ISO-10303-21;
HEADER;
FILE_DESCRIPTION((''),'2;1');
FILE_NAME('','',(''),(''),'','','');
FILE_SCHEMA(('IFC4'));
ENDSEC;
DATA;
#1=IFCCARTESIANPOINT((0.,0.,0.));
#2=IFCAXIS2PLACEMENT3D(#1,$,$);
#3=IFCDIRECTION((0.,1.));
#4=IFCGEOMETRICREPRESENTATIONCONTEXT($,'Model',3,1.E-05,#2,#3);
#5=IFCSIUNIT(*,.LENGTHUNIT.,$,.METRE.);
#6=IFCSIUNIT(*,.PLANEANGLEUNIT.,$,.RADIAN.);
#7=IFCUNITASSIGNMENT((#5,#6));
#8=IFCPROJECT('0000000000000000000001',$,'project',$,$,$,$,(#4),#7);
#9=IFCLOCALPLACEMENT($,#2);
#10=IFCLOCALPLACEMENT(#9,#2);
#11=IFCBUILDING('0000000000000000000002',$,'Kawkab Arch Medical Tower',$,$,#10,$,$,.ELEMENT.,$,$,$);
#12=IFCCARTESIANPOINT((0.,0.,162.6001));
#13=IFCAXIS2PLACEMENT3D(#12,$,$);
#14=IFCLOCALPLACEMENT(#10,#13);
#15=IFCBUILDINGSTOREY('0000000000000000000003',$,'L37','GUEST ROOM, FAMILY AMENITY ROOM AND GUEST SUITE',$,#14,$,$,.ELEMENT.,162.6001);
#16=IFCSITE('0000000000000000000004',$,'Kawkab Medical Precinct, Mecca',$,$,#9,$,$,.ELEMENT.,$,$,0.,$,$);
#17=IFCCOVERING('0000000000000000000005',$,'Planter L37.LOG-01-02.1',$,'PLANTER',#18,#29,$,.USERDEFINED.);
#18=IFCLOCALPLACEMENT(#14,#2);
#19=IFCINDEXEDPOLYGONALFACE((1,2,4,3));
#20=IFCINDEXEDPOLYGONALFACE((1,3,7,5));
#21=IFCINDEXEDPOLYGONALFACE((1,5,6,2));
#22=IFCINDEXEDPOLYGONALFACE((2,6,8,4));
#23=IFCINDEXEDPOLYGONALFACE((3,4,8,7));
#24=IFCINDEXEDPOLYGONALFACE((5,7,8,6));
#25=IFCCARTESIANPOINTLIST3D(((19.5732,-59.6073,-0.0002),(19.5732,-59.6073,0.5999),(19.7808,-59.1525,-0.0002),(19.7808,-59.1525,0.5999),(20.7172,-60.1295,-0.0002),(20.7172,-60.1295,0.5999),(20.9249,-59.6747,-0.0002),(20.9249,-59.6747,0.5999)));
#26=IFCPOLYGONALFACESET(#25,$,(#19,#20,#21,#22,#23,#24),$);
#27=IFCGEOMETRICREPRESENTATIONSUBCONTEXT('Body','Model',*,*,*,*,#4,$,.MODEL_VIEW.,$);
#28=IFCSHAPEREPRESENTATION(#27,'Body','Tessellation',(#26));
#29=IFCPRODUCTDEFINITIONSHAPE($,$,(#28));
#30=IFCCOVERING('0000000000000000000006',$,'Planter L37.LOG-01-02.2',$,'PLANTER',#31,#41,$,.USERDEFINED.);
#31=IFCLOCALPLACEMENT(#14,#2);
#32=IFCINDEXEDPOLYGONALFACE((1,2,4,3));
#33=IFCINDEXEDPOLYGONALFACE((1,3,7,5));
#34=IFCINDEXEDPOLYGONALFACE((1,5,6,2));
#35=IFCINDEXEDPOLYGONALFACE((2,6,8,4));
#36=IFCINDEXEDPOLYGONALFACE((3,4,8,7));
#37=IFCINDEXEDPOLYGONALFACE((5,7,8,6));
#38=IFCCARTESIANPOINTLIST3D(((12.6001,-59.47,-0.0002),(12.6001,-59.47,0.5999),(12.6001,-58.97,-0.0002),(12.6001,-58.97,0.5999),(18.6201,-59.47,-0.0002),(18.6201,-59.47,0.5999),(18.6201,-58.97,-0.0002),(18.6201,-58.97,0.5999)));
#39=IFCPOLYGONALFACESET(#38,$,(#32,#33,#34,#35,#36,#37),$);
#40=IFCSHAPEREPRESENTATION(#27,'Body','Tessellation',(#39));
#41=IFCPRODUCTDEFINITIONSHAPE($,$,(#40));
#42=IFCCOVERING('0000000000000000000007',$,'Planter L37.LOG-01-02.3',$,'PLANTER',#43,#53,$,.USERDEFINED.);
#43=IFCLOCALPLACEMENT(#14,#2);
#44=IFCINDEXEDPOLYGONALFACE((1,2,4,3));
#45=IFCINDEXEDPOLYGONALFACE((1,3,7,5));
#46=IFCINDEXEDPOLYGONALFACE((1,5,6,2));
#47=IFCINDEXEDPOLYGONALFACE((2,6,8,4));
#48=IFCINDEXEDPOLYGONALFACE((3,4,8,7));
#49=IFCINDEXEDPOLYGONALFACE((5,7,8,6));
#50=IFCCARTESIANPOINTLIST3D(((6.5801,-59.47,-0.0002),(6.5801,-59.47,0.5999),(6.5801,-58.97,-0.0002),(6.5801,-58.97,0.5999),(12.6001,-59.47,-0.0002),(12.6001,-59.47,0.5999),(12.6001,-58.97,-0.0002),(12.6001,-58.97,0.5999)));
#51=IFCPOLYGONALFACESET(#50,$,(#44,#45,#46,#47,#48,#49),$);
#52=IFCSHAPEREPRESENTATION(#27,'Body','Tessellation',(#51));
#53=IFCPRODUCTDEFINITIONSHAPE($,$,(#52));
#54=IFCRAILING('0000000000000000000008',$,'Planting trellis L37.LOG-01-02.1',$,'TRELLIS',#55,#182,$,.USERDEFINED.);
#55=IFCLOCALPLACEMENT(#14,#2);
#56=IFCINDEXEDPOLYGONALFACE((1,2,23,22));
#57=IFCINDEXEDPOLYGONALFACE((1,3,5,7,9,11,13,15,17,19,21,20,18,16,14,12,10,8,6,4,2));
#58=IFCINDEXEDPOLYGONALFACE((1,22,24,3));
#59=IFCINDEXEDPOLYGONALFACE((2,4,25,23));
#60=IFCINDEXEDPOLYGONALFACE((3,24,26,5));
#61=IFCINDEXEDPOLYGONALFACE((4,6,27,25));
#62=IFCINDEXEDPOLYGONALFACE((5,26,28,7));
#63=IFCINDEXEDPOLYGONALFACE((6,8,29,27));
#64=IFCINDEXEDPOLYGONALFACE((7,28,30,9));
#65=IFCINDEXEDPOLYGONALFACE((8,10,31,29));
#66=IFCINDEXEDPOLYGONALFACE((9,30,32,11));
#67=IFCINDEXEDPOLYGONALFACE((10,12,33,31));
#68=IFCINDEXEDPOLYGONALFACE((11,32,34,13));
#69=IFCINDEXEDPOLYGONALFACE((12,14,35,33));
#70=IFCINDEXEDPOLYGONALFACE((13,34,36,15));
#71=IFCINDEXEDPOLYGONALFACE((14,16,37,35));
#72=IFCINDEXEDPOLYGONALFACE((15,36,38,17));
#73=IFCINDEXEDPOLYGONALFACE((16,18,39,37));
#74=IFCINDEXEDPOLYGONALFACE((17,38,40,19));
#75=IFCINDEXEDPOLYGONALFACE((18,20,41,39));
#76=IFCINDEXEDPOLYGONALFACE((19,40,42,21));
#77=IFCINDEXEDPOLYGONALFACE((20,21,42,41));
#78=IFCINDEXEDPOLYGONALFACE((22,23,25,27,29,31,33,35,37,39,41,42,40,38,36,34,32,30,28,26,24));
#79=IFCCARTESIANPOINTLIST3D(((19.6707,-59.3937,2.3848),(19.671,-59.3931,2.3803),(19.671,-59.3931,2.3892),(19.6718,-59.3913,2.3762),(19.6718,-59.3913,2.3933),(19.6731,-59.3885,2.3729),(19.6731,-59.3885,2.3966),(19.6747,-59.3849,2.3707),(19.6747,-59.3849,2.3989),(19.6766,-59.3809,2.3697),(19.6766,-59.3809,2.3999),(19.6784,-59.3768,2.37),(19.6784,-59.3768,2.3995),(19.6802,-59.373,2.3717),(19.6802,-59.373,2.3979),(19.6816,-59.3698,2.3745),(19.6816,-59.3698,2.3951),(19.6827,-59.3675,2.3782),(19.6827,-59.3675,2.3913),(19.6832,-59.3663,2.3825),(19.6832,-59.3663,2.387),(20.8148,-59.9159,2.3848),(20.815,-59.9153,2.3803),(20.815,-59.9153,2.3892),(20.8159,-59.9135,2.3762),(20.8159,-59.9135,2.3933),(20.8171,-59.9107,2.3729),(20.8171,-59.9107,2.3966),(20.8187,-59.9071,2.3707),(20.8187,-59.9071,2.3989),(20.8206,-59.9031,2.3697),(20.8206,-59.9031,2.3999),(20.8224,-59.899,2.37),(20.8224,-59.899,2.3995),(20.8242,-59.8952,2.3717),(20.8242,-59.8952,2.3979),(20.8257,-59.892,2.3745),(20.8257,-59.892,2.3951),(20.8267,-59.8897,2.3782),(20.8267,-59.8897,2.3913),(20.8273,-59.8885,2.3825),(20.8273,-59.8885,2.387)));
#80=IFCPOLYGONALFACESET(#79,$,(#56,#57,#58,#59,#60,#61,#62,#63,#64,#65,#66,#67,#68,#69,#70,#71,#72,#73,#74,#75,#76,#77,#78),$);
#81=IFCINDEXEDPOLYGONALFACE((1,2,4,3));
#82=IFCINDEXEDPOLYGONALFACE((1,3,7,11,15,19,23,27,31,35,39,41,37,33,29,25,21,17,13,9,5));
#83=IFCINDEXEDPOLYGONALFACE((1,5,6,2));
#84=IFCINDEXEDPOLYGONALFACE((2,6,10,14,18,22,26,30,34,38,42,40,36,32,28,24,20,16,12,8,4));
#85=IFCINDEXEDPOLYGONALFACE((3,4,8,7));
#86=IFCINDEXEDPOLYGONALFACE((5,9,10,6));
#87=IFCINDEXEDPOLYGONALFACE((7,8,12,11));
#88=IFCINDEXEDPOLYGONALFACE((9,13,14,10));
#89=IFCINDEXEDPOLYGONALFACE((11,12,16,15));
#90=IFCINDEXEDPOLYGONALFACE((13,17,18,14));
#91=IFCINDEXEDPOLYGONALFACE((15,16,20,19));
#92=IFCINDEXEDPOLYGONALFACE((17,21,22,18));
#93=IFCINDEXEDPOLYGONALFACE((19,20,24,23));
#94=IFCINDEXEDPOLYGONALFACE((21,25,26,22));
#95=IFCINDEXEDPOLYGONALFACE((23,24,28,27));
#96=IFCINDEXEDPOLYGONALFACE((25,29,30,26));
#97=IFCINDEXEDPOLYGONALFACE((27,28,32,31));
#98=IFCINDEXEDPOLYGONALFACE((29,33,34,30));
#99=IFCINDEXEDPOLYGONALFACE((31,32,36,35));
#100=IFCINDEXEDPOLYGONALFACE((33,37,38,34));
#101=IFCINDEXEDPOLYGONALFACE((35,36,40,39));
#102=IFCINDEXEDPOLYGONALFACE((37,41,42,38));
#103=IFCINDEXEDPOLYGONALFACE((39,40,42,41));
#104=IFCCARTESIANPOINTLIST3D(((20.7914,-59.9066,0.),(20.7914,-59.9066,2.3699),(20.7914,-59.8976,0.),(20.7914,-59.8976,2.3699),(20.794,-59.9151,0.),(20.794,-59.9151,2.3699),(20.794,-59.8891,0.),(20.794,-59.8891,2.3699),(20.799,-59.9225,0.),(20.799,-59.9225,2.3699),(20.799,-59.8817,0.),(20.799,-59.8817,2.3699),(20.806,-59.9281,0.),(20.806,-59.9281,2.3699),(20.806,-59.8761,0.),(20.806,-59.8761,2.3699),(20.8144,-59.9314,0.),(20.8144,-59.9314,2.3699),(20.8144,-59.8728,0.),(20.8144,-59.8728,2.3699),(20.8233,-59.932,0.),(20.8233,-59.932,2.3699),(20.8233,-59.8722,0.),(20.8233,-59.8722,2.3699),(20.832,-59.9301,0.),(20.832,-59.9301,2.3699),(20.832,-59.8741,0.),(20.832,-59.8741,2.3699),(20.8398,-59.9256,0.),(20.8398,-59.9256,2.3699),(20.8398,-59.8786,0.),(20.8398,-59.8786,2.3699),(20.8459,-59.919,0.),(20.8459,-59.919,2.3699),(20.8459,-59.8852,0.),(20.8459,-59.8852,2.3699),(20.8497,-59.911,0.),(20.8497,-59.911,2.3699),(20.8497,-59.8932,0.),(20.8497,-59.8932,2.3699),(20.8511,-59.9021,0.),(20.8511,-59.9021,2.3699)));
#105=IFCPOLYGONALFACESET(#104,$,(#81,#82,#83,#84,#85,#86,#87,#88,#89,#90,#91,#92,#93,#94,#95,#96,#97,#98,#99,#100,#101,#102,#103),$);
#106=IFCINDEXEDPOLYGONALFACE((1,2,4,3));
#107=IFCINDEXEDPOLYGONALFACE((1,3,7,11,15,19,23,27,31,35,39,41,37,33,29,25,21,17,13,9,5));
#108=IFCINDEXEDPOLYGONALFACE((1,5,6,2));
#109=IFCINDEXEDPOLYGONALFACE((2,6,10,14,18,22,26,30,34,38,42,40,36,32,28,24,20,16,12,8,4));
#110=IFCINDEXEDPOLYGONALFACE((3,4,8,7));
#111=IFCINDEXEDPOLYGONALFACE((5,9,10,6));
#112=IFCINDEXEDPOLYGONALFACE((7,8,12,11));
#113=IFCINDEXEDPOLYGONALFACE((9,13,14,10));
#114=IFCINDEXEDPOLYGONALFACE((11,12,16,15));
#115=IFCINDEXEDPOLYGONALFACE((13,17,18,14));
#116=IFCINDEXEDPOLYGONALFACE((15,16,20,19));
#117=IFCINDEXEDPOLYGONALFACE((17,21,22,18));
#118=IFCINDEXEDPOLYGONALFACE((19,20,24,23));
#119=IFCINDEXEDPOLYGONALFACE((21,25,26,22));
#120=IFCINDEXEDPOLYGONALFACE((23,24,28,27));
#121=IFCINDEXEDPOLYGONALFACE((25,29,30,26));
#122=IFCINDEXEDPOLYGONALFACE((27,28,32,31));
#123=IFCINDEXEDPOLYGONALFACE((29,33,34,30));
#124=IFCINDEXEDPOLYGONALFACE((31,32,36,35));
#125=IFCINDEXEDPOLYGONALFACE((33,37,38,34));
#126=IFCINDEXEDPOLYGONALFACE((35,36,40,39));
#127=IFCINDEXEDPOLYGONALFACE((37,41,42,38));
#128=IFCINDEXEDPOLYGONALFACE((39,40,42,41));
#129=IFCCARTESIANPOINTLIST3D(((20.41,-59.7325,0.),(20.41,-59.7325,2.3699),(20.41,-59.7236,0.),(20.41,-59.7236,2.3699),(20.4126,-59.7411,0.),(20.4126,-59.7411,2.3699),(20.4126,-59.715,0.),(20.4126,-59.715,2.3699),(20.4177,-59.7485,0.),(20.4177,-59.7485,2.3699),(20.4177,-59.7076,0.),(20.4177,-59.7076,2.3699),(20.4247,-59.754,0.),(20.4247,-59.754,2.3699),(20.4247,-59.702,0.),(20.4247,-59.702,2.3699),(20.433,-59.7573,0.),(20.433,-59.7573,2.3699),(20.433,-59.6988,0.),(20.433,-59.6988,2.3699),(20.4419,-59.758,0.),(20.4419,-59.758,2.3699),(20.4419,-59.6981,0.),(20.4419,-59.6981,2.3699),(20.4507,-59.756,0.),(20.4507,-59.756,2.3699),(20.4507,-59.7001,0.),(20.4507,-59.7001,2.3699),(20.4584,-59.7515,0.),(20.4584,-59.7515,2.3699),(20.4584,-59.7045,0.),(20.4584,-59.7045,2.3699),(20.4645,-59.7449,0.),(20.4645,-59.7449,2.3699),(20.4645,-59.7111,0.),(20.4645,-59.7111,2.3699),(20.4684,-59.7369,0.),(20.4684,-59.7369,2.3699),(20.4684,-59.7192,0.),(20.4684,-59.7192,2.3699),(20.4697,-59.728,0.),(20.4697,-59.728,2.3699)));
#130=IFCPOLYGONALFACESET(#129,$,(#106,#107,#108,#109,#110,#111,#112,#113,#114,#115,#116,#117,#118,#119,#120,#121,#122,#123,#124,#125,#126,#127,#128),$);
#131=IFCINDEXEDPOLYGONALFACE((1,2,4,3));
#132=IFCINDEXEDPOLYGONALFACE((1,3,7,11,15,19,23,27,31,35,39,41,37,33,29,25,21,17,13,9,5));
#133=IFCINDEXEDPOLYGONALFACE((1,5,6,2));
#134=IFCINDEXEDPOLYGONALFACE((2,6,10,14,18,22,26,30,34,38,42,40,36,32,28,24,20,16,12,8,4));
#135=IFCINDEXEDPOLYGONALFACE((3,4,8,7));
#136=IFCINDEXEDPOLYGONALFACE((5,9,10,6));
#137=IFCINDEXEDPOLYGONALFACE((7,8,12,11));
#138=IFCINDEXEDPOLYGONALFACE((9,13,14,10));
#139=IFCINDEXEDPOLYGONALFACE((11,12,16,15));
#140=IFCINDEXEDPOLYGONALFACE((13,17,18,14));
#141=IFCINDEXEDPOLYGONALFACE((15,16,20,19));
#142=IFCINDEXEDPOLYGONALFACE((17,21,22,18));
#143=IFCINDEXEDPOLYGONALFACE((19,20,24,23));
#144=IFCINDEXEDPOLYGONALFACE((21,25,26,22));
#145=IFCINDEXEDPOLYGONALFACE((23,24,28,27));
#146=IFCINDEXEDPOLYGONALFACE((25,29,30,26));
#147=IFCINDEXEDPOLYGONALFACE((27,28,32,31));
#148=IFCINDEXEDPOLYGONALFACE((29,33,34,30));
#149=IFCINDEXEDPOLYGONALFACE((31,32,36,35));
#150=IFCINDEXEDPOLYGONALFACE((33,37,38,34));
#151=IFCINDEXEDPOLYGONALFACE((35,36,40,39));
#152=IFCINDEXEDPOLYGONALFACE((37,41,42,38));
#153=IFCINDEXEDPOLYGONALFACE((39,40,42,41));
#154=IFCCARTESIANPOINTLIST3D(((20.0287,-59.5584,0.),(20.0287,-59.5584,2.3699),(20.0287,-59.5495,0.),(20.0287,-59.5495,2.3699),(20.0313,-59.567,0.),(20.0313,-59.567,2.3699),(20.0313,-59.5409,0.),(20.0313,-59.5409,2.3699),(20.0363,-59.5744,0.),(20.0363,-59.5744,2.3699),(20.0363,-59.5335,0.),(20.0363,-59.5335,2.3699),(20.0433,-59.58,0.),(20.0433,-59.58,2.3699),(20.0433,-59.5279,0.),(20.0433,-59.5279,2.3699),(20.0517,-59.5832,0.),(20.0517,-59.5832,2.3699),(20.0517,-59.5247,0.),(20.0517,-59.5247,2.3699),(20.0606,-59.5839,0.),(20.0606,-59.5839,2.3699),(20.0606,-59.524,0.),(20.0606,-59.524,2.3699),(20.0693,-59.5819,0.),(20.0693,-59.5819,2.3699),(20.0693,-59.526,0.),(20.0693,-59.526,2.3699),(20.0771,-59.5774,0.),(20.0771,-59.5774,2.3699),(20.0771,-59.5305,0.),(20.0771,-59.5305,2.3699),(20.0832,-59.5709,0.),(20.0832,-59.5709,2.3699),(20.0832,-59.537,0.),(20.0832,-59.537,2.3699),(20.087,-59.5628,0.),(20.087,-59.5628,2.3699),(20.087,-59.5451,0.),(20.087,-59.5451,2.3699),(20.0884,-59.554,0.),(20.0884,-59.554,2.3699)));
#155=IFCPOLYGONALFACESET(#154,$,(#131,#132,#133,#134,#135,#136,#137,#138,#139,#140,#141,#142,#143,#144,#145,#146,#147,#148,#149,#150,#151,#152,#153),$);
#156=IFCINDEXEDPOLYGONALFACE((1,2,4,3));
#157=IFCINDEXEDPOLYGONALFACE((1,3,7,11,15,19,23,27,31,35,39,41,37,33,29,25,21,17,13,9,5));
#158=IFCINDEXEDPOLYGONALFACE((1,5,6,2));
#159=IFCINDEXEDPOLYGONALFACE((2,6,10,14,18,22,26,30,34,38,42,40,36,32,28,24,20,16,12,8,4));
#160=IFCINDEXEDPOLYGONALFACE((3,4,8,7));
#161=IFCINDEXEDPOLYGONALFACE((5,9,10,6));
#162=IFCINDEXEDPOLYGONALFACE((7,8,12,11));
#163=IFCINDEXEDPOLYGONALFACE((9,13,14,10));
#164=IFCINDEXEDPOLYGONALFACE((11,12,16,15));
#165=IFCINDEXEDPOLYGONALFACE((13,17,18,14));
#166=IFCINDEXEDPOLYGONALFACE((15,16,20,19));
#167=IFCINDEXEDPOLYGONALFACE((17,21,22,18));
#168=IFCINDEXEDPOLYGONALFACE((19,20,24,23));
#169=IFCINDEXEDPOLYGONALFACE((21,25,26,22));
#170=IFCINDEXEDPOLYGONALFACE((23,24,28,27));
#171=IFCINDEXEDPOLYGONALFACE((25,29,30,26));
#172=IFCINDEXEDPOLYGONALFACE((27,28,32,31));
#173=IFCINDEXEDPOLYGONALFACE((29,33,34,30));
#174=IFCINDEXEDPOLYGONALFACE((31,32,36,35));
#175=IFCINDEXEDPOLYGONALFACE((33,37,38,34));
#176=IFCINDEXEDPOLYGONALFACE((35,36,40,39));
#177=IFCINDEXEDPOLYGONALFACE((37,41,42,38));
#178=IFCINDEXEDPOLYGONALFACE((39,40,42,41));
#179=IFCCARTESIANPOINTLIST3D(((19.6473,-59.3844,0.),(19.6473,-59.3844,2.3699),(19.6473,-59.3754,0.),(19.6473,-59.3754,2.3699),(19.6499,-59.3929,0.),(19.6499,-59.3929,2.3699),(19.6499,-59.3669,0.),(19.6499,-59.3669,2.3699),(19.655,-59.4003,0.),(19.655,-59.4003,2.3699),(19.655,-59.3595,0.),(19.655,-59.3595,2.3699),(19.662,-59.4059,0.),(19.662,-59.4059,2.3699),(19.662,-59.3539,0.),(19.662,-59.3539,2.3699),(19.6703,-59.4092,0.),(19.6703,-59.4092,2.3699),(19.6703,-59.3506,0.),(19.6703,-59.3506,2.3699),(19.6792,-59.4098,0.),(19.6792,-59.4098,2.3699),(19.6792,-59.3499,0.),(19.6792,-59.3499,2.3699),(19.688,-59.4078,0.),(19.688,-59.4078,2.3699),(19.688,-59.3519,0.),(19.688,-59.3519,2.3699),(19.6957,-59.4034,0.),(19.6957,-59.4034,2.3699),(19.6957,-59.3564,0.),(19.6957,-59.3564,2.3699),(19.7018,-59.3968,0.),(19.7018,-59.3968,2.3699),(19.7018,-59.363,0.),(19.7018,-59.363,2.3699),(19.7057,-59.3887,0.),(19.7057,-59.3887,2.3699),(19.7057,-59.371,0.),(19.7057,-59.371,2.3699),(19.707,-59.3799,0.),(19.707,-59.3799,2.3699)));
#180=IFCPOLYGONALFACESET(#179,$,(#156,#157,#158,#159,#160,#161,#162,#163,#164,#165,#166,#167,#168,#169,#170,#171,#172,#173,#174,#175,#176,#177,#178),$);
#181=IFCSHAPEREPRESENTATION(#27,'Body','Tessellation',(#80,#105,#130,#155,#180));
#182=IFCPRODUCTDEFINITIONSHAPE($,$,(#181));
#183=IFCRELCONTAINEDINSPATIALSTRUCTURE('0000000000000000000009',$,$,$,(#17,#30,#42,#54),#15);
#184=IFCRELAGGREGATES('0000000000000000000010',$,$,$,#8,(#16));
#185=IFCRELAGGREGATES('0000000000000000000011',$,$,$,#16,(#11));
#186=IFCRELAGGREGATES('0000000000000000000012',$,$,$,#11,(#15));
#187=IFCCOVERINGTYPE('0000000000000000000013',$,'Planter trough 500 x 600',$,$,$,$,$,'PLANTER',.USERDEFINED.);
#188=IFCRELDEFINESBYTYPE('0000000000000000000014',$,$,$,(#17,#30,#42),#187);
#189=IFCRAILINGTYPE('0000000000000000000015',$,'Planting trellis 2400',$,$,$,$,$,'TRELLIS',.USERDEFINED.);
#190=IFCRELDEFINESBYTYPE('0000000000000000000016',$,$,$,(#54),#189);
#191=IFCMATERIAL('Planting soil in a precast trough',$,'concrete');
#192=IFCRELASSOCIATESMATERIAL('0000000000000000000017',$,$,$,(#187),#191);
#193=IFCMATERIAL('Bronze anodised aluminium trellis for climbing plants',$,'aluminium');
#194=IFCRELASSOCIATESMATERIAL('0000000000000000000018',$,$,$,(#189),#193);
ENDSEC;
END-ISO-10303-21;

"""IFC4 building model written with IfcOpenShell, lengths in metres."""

from ifc_helpers import new_model, si_unit, direction, frame, origin, origin_2d, place, context, subcontext, project, spatial, rectangle, circle, extrude, material, material_profile, profile_set, type_object, element, save


model = new_model("IFC4")

# Units and contexts
model_context = context("Model", 3, precision=1e-05, world=origin(), true_north=direction((0.0, 1.0)))
body_context = subcontext(model_context, "Body", "Model", "MODEL_VIEW")
ifc_project = project(units=[si_unit("LENGTHUNIT", "METRE"), si_unit("PLANEANGLEUNIT", "RADIAN")], contexts=[model_context])

# Site, building, storey
site_placement = place(None, origin())
site = spatial("IfcSite", under=ifc_project, at=site_placement, Name="Kawkab Medical Precinct, Mecca", CompositionType="ELEMENT", RefElevation=0.0)
building_placement = place(site_placement, origin())
building = spatial("IfcBuilding", under=site, at=building_placement, Name="Kawkab Arch Medical Tower", CompositionType="ELEMENT")
storey_placement = place(building_placement, frame((0.0, 0.0, 162.6001)))
storey = spatial("IfcBuildingStorey", under=building, at=storey_placement, Name="L37", Description="GUEST ROOM, FAMILY AMENITY ROOM AND GUEST SUITE", CompositionType="ELEMENT", Elevation=162.6001)

# Coverings
ifc_material_1 = material(Name="Planting soil in a precast trough", Category="concrete")
ifc_material_profile_1 = material_profile(ifc_material_1, rectangle(XDim=0.5, YDim=0.6001, at=origin_2d()), Name="Trough 500x600")
ifc_profile_set_1 = profile_set([ifc_material_profile_1], Name="Planting soil in a precast trough")
covering_type_1 = type_object("IfcCoveringType", Name="Planter trough 500 x 600", ElementType="PLANTER", PredefinedType="USERDEFINED", material=ifc_profile_set_1)
covering_1_placement = place(storey_placement, frame((20.821, -59.9021, 0.2998), z_axis=(-0.909707, 0.41525, 0.0), x_axis=(-0.41525, -0.909707, 0.0)))
element("IfcCovering", 1, at=covering_1_placement, inside=storey, type_object=covering_type_1, Name="Planter L37.LOG-01-02.1", ObjectType="PLANTER", PredefinedType="USERDEFINED", context=body_context, shape_type="SweptSolid", body=[
    extrude(rectangle(XDim=0.5, YDim=0.6001, at=origin_2d()), origin(), (0.0, 0.0, 1.0), 1.2576),
])
for number, where, z_axis, x_axis, name in (
    (2, (18.6201, -59.22, 0.2998), (-1.0, 0.0, 0.0), (0.0, -1.0, 0.0), "Planter L37.LOG-01-02.2"),
    (3, (12.6001, -59.22, 0.2998), (-1.0, 0.0, 0.0), (0.0, -1.0, 0.0), "Planter L37.LOG-01-02.3"),
):
    element("IfcCovering", number, at=place(storey_placement, frame(where, z_axis=z_axis, x_axis=x_axis)), inside=storey, type_object=covering_type_1, Name=name, ObjectType="PLANTER", PredefinedType="USERDEFINED", context=body_context, shape_type="SweptSolid", body=[
        extrude(rectangle(XDim=0.5, YDim=0.6001, at=origin_2d()), origin(), (0.0, 0.0, 1.0), 6.02),
    ])

# Railing
ifc_material_2 = material(Name="Bronze anodised aluminium trellis for climbing plants", Category="aluminium")
railing_type_1 = type_object("IfcRailingType", Name="Planting trellis 2400", ElementType="TRELLIS", PredefinedType="USERDEFINED", material=ifc_material_2)
railing_1_placement = place(storey_placement, frame((20.821, -59.9021, 0.0)))
element("IfcRailing", 4, at=railing_1_placement, inside=storey, type_object=railing_type_1, Name="Planting trellis L37.LOG-01-02.1", ObjectType="TRELLIS", PredefinedType="USERDEFINED", context=body_context, shape_type="SweptSolid", body=[
    extrude(circle(Radius=0.0151, at=origin_2d()), frame((0.0, 0.0, 2.3848), z_axis=(-0.909707, 0.41525, 0.0), x_axis=(-0.41525, -0.909707, 0.0)), (0.0, 0.0, 1.0), 1.2576),
    extrude(circle(Radius=0.03, at=origin_2d()), origin(), (0.0, 0.0, 1.0), 2.3699),
    extrude(circle(Radius=0.03, at=origin_2d()), frame((-0.3813, 0.1741, 0.0)), (0.0, 0.0, 1.0), 2.3699),
    extrude(circle(Radius=0.03, at=origin_2d()), frame((-0.7627, 0.3481, 0.0)), (0.0, 0.0, 1.0), 2.3699),
    extrude(circle(Radius=0.03, at=origin_2d()), frame((-1.144, 0.5222, 0.0)), (0.0, 0.0, 1.0), 2.3699),
])

save(model, "model.ifc")
